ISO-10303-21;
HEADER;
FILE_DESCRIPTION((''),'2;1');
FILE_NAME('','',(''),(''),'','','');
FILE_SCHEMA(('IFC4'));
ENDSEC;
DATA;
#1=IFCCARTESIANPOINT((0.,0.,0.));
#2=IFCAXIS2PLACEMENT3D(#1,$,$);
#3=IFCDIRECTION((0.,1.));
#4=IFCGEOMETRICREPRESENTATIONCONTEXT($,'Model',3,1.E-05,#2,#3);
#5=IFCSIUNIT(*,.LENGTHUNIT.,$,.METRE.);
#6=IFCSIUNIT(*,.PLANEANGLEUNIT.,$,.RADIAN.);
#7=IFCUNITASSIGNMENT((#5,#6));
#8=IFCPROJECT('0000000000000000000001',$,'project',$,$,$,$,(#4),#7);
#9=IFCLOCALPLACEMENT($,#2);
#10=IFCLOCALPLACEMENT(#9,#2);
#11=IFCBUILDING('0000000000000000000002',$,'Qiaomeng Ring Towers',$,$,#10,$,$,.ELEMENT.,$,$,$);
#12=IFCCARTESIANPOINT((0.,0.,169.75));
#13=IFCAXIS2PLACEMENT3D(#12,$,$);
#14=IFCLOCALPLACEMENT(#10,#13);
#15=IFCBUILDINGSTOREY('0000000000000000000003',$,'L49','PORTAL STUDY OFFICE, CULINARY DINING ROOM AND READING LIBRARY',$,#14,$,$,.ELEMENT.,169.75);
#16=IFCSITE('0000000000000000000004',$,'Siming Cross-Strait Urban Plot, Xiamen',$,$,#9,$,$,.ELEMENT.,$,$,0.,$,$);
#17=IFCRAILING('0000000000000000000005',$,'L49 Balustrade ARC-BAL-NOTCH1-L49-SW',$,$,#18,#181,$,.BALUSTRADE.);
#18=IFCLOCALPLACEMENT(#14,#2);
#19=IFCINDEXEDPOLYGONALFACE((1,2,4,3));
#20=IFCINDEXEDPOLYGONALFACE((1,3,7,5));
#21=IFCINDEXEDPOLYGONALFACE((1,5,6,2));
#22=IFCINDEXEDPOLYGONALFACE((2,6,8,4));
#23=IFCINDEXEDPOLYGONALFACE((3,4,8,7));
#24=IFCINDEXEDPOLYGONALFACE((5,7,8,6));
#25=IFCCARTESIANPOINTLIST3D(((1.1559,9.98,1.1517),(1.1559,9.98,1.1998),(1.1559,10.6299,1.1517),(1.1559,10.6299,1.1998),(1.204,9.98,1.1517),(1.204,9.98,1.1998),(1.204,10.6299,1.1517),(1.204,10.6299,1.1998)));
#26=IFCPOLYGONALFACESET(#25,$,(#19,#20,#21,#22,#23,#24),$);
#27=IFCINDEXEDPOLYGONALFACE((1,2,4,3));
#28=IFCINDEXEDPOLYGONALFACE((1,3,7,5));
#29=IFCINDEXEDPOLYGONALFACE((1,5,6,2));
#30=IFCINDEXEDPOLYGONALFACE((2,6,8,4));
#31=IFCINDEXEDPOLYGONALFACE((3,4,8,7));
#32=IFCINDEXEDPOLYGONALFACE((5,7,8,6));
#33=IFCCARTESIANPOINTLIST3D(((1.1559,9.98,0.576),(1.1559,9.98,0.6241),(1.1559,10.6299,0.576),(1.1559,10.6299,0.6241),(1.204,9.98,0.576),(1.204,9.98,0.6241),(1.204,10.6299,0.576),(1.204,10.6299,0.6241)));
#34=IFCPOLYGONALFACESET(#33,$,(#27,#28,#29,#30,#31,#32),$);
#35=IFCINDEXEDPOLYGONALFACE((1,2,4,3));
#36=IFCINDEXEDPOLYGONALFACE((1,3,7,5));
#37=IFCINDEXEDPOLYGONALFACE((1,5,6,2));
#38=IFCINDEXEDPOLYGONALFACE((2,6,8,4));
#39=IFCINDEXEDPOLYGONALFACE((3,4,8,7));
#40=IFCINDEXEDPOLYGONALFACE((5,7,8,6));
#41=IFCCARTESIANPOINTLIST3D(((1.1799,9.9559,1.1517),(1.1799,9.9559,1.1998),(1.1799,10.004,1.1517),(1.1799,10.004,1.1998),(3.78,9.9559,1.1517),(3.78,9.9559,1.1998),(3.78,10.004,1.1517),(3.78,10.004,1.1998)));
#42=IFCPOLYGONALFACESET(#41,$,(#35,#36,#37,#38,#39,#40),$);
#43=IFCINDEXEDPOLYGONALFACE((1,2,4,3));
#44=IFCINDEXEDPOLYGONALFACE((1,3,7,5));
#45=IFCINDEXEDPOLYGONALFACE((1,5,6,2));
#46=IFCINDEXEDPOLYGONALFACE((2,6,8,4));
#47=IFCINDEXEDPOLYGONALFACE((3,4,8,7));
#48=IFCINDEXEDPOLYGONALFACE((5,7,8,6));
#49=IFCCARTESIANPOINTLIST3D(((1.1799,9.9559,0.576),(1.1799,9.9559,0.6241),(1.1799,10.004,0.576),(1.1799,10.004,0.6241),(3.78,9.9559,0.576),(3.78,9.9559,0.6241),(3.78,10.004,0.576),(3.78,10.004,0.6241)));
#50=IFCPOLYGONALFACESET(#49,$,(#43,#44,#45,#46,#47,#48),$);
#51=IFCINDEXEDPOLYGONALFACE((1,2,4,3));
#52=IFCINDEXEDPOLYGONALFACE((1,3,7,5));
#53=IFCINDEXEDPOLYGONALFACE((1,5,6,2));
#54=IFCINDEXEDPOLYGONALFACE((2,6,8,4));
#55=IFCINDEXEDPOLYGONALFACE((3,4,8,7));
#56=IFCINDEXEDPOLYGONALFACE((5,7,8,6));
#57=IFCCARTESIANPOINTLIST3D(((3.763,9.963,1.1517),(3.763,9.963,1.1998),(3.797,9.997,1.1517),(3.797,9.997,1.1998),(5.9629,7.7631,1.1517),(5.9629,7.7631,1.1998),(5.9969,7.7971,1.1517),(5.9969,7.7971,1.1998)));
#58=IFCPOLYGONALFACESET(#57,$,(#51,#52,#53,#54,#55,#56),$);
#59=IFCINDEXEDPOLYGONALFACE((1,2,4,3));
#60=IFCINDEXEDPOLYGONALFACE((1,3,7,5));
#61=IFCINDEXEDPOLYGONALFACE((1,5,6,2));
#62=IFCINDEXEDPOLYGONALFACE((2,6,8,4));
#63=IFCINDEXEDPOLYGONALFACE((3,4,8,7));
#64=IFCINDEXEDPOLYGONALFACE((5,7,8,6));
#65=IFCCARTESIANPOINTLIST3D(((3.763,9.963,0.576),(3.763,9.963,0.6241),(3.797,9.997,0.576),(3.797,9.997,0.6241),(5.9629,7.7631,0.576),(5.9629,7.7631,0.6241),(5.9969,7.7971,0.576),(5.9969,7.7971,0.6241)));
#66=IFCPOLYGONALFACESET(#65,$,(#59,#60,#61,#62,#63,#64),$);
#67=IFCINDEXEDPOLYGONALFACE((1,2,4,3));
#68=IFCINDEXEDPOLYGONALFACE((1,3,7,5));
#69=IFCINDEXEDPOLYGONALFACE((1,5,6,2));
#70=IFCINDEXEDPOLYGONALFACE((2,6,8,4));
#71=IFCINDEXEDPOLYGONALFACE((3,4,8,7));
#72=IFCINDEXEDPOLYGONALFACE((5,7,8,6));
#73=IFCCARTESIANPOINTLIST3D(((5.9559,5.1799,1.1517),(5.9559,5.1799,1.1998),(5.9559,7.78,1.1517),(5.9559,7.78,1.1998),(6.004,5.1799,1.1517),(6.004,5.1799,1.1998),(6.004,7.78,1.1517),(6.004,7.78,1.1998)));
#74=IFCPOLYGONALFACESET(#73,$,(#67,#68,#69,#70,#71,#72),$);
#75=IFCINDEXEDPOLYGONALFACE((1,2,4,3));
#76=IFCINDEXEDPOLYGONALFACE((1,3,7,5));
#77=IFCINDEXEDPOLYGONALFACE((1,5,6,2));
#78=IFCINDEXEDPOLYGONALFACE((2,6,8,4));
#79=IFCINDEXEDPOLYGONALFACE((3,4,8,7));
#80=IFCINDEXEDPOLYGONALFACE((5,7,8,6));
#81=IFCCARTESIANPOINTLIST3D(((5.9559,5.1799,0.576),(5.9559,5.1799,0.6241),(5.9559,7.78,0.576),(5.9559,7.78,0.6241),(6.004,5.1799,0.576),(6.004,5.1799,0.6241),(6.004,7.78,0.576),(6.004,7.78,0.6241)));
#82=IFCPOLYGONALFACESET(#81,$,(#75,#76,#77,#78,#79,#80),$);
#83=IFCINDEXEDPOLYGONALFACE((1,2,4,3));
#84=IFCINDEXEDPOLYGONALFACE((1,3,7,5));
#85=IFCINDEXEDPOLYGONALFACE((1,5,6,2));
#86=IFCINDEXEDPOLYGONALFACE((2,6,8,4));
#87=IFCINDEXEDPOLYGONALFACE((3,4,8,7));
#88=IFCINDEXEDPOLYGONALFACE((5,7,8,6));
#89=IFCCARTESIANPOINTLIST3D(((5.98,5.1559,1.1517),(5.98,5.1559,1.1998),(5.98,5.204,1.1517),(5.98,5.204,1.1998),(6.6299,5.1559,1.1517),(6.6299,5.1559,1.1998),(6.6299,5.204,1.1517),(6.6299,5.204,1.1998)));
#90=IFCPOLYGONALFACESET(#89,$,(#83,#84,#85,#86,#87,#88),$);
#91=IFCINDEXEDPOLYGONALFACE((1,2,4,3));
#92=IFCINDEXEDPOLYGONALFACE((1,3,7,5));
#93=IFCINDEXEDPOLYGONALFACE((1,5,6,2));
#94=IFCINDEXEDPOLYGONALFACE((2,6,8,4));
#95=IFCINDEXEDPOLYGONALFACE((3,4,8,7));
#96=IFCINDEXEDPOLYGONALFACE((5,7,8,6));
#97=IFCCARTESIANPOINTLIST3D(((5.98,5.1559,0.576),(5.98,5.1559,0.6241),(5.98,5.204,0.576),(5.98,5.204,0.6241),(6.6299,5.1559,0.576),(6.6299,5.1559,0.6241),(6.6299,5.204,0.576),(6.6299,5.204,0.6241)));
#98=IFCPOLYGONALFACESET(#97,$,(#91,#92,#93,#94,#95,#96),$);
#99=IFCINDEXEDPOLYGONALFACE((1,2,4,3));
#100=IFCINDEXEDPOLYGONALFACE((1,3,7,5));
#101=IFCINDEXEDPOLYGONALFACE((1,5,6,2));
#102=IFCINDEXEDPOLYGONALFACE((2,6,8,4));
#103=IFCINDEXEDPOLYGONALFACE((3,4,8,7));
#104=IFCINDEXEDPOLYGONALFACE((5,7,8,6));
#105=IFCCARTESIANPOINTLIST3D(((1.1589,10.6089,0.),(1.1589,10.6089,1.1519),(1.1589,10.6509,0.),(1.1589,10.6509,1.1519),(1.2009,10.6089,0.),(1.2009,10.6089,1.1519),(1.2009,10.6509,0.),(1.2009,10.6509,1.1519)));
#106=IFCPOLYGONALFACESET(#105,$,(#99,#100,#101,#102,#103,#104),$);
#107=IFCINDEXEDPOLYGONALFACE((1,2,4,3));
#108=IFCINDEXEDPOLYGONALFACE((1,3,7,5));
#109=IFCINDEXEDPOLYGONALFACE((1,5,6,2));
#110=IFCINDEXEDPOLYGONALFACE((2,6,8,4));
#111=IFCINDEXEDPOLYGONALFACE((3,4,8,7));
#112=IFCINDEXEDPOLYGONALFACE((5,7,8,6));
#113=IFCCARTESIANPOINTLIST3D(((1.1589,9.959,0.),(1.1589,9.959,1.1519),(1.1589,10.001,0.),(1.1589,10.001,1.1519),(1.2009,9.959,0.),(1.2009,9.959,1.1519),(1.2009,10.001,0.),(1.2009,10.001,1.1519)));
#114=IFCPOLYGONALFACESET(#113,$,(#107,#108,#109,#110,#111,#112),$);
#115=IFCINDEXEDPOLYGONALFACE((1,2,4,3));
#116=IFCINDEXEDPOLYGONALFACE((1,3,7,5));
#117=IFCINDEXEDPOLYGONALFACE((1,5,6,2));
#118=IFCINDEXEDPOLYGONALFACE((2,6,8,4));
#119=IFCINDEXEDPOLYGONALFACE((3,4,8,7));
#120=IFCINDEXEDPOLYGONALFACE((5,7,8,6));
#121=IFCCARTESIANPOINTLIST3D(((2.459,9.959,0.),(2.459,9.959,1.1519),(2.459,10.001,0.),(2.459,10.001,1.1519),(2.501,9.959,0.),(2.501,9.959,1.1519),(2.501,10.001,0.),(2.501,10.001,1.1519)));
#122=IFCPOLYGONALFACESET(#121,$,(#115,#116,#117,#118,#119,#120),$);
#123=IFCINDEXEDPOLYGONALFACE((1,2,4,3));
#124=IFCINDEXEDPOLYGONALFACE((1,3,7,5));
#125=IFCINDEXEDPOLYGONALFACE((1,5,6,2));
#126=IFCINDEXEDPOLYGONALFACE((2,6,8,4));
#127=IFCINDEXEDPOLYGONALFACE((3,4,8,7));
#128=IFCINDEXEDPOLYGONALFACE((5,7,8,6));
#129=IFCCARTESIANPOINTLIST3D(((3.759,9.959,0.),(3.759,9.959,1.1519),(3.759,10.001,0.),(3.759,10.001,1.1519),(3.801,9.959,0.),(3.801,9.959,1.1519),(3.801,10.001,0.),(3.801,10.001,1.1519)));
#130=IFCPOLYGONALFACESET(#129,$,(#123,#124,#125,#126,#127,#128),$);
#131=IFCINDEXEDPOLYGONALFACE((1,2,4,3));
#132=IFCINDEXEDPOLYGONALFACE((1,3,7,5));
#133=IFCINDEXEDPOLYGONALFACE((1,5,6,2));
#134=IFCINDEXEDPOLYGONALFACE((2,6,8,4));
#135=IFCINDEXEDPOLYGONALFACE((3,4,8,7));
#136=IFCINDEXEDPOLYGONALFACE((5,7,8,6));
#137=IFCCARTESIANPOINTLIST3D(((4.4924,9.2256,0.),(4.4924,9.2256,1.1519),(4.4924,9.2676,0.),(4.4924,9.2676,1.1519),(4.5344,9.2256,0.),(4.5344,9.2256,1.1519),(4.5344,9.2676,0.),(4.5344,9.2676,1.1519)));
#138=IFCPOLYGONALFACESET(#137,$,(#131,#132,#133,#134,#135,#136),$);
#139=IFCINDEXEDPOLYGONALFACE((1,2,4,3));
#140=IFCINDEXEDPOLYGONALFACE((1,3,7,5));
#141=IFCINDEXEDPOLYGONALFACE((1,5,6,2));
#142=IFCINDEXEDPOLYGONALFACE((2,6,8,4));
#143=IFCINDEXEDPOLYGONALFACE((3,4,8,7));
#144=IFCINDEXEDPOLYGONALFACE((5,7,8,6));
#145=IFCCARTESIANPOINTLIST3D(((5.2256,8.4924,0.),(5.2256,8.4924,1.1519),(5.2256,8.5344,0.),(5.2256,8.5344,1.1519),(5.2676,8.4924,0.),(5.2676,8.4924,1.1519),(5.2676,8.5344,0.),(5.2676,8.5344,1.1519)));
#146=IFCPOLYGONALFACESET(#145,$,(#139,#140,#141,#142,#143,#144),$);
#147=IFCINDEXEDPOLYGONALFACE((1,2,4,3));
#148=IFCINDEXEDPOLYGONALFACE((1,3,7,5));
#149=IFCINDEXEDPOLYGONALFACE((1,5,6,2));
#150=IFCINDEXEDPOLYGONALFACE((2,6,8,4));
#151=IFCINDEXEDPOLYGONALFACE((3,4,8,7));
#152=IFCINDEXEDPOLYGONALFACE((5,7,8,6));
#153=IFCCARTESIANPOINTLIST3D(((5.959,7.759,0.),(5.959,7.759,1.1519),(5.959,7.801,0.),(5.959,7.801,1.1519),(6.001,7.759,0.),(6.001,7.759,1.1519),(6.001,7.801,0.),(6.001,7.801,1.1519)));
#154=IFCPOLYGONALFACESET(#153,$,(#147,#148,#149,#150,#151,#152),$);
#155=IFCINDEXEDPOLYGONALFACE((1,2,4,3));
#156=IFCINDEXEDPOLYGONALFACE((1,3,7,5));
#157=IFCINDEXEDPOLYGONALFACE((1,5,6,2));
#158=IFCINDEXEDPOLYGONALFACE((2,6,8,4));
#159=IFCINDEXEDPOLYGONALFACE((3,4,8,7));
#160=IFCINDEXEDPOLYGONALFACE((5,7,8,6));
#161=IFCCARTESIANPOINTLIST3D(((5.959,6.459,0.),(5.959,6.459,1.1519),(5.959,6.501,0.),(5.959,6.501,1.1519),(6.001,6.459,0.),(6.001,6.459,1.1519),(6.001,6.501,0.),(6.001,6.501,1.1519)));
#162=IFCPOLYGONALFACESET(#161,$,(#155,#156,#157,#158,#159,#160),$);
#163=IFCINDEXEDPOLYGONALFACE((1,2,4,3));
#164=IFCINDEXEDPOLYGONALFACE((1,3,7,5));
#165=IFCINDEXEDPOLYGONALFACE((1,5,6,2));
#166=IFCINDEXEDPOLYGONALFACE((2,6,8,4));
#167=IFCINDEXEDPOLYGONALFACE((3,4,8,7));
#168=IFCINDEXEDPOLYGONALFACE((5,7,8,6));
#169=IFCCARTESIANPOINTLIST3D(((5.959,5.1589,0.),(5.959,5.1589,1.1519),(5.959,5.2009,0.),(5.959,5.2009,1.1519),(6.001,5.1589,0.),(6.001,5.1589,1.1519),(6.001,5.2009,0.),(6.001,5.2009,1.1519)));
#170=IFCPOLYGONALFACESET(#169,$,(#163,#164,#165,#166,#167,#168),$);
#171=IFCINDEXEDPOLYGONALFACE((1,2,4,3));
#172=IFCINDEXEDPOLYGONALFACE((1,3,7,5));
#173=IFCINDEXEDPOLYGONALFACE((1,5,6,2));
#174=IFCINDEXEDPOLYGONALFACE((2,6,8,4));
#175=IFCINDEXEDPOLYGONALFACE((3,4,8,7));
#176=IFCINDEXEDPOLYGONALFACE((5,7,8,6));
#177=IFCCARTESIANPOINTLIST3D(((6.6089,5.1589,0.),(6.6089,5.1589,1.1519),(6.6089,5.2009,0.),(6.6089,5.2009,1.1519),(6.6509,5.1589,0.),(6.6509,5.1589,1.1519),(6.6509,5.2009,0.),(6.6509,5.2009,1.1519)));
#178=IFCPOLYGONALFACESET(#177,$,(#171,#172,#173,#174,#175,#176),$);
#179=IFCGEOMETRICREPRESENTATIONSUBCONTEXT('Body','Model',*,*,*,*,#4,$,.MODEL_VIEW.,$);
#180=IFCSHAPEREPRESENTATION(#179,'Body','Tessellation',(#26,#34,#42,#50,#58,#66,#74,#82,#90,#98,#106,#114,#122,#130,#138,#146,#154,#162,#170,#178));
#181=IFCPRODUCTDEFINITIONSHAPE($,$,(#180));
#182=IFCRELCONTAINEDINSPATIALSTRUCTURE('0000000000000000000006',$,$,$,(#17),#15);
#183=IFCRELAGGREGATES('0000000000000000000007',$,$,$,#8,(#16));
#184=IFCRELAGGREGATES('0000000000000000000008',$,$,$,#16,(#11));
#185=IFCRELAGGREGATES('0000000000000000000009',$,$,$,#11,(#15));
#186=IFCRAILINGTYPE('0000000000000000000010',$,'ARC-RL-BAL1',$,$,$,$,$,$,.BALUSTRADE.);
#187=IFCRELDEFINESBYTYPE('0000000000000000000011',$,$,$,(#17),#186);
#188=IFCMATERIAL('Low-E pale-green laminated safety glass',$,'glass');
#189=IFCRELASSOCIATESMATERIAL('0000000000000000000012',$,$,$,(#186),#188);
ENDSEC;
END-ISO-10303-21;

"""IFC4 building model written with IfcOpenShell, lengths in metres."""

from ifc_helpers import new_model, si_unit, direction, frame, origin, origin_2d, place, context, subcontext, project, spatial, rectangle, extrude, material, type_object, element, save


model = new_model("IFC4")

# Units and contexts
model_context = context("Model", 3, precision=1e-05, world=origin(), true_north=direction((0.0, 1.0)))
body_context = subcontext(model_context, "Body", "Model", "MODEL_VIEW")
ifc_project = project(units=[si_unit("LENGTHUNIT", "METRE"), si_unit("PLANEANGLEUNIT", "RADIAN")], contexts=[model_context])

# Site, building, storey
site_placement = place(None, origin())
site = spatial("IfcSite", under=ifc_project, at=site_placement, Name="Siming Cross-Strait Urban Plot, Xiamen", CompositionType="ELEMENT", RefElevation=0.0)
building_placement = place(site_placement, origin())
building = spatial("IfcBuilding", under=site, at=building_placement, Name="Qiaomeng Ring Towers", CompositionType="ELEMENT")
storey_placement = place(building_placement, frame((0.0, 0.0, 169.75)))
storey = spatial("IfcBuildingStorey", under=building, at=storey_placement, Name="L49", Description="PORTAL STUDY OFFICE, CULINARY DINING ROOM AND READING LIBRARY", CompositionType="ELEMENT", Elevation=169.75)

# Railing
ifc_material_1 = material(Name="Low-E pale-green laminated safety glass", Category="glass")
railing_type = type_object("IfcRailingType", Name="ARC-RL-BAL1", PredefinedType="BALUSTRADE", material=ifc_material_1)
railing_placement = place(storey_placement, frame((1.1799, 10.6299, 0.0)))
element("IfcRailing", 1, at=railing_placement, inside=storey, type_object=railing_type, Name="L49 Balustrade ARC-BAL-NOTCH1-L49-SW", PredefinedType="BALUSTRADE", context=body_context, shape_type="SweptSolid", body=[
    extrude(rectangle(XDim=0.0481, YDim=0.0481, at=origin_2d()), frame((0.0, 0.0, 1.1758), z_axis=(0.0, -1.0, 0.0), x_axis=(1.0, 0.0, 0.0)), (0.0, 0.0, 1.0), 0.6499),
    extrude(rectangle(XDim=0.0481, YDim=0.0481, at=origin_2d()), frame((0.0, 0.0, 0.6001), z_axis=(0.0, -1.0, 0.0), x_axis=(1.0, 0.0, 0.0)), (0.0, 0.0, 1.0), 0.6499),
    extrude(rectangle(XDim=0.0481, YDim=0.0481, at=origin_2d()), frame((0.0, -0.6499, 1.1758), z_axis=(1.0, 0.0, 0.0), x_axis=(0.0, 1.0, 0.0)), (0.0, 0.0, 1.0), 2.6001),
    extrude(rectangle(XDim=0.0481, YDim=0.0481, at=origin_2d()), frame((0.0, -0.6499, 0.6001), z_axis=(1.0, 0.0, 0.0), x_axis=(0.0, 1.0, 0.0)), (0.0, 0.0, 1.0), 2.6001),
    extrude(rectangle(XDim=0.0481, YDim=0.0481, at=origin_2d()), frame((2.6001, -0.6499, 1.1758), z_axis=(0.707107, -0.707107, 0.0), x_axis=(0.707107, 0.707107, 0.0)), (0.0, 0.0, 1.0), 3.1111),
    extrude(rectangle(XDim=0.0481, YDim=0.0481, at=origin_2d()), frame((2.6001, -0.6499, 0.6001), z_axis=(0.707107, -0.707107, 0.0), x_axis=(0.707107, 0.707107, 0.0)), (0.0, 0.0, 1.0), 3.1111),
    extrude(rectangle(XDim=0.0481, YDim=0.0481, at=origin_2d()), frame((4.8, -2.8499, 1.1758), z_axis=(0.0, -1.0, 0.0), x_axis=(1.0, 0.0, 0.0)), (0.0, 0.0, 1.0), 2.6001),
    extrude(rectangle(XDim=0.0481, YDim=0.0481, at=origin_2d()), frame((4.8, -2.8499, 0.6001), z_axis=(0.0, -1.0, 0.0), x_axis=(1.0, 0.0, 0.0)), (0.0, 0.0, 1.0), 2.6001),
    extrude(rectangle(XDim=0.0481, YDim=0.0481, at=origin_2d()), frame((4.8, -5.45, 1.1758), z_axis=(1.0, 0.0, 0.0), x_axis=(0.0, 1.0, 0.0)), (0.0, 0.0, 1.0), 0.6499),
    extrude(rectangle(XDim=0.0481, YDim=0.0481, at=origin_2d()), frame((4.8, -5.45, 0.6001), z_axis=(1.0, 0.0, 0.0), x_axis=(0.0, 1.0, 0.0)), (0.0, 0.0, 1.0), 0.6499),
    extrude(rectangle(XDim=0.042, YDim=0.042, at=origin_2d()), origin(), (0.0, 0.0, 1.0), 1.1519),
    extrude(rectangle(XDim=0.042, YDim=0.042, at=origin_2d()), frame((0.0, -0.6499, 0.0)), (0.0, 0.0, 1.0), 1.1519),
    extrude(rectangle(XDim=0.042, YDim=0.042, at=origin_2d()), frame((1.3, -0.6499, 0.0)), (0.0, 0.0, 1.0), 1.1519),
    extrude(rectangle(XDim=0.042, YDim=0.042, at=origin_2d()), frame((2.6001, -0.6499, 0.0)), (0.0, 0.0, 1.0), 1.1519),
    extrude(rectangle(XDim=0.042, YDim=0.042, at=origin_2d()), frame((3.3335, -1.3833, 0.0)), (0.0, 0.0, 1.0), 1.1519),
    extrude(rectangle(XDim=0.042, YDim=0.042, at=origin_2d()), frame((4.0667, -2.1165, 0.0)), (0.0, 0.0, 1.0), 1.1519),
    extrude(rectangle(XDim=0.042, YDim=0.042, at=origin_2d()), frame((4.8, -2.8499, 0.0)), (0.0, 0.0, 1.0), 1.1519),
    extrude(rectangle(XDim=0.042, YDim=0.042, at=origin_2d()), frame((4.8, -4.1499, 0.0)), (0.0, 0.0, 1.0), 1.1519),
    extrude(rectangle(XDim=0.042, YDim=0.042, at=origin_2d()), frame((4.8, -5.45, 0.0)), (0.0, 0.0, 1.0), 1.1519),
    extrude(rectangle(XDim=0.042, YDim=0.042, at=origin_2d()), frame((5.45, -5.45, 0.0)), (0.0, 0.0, 1.0), 1.1519),
])

save(model, "model.ifc")
